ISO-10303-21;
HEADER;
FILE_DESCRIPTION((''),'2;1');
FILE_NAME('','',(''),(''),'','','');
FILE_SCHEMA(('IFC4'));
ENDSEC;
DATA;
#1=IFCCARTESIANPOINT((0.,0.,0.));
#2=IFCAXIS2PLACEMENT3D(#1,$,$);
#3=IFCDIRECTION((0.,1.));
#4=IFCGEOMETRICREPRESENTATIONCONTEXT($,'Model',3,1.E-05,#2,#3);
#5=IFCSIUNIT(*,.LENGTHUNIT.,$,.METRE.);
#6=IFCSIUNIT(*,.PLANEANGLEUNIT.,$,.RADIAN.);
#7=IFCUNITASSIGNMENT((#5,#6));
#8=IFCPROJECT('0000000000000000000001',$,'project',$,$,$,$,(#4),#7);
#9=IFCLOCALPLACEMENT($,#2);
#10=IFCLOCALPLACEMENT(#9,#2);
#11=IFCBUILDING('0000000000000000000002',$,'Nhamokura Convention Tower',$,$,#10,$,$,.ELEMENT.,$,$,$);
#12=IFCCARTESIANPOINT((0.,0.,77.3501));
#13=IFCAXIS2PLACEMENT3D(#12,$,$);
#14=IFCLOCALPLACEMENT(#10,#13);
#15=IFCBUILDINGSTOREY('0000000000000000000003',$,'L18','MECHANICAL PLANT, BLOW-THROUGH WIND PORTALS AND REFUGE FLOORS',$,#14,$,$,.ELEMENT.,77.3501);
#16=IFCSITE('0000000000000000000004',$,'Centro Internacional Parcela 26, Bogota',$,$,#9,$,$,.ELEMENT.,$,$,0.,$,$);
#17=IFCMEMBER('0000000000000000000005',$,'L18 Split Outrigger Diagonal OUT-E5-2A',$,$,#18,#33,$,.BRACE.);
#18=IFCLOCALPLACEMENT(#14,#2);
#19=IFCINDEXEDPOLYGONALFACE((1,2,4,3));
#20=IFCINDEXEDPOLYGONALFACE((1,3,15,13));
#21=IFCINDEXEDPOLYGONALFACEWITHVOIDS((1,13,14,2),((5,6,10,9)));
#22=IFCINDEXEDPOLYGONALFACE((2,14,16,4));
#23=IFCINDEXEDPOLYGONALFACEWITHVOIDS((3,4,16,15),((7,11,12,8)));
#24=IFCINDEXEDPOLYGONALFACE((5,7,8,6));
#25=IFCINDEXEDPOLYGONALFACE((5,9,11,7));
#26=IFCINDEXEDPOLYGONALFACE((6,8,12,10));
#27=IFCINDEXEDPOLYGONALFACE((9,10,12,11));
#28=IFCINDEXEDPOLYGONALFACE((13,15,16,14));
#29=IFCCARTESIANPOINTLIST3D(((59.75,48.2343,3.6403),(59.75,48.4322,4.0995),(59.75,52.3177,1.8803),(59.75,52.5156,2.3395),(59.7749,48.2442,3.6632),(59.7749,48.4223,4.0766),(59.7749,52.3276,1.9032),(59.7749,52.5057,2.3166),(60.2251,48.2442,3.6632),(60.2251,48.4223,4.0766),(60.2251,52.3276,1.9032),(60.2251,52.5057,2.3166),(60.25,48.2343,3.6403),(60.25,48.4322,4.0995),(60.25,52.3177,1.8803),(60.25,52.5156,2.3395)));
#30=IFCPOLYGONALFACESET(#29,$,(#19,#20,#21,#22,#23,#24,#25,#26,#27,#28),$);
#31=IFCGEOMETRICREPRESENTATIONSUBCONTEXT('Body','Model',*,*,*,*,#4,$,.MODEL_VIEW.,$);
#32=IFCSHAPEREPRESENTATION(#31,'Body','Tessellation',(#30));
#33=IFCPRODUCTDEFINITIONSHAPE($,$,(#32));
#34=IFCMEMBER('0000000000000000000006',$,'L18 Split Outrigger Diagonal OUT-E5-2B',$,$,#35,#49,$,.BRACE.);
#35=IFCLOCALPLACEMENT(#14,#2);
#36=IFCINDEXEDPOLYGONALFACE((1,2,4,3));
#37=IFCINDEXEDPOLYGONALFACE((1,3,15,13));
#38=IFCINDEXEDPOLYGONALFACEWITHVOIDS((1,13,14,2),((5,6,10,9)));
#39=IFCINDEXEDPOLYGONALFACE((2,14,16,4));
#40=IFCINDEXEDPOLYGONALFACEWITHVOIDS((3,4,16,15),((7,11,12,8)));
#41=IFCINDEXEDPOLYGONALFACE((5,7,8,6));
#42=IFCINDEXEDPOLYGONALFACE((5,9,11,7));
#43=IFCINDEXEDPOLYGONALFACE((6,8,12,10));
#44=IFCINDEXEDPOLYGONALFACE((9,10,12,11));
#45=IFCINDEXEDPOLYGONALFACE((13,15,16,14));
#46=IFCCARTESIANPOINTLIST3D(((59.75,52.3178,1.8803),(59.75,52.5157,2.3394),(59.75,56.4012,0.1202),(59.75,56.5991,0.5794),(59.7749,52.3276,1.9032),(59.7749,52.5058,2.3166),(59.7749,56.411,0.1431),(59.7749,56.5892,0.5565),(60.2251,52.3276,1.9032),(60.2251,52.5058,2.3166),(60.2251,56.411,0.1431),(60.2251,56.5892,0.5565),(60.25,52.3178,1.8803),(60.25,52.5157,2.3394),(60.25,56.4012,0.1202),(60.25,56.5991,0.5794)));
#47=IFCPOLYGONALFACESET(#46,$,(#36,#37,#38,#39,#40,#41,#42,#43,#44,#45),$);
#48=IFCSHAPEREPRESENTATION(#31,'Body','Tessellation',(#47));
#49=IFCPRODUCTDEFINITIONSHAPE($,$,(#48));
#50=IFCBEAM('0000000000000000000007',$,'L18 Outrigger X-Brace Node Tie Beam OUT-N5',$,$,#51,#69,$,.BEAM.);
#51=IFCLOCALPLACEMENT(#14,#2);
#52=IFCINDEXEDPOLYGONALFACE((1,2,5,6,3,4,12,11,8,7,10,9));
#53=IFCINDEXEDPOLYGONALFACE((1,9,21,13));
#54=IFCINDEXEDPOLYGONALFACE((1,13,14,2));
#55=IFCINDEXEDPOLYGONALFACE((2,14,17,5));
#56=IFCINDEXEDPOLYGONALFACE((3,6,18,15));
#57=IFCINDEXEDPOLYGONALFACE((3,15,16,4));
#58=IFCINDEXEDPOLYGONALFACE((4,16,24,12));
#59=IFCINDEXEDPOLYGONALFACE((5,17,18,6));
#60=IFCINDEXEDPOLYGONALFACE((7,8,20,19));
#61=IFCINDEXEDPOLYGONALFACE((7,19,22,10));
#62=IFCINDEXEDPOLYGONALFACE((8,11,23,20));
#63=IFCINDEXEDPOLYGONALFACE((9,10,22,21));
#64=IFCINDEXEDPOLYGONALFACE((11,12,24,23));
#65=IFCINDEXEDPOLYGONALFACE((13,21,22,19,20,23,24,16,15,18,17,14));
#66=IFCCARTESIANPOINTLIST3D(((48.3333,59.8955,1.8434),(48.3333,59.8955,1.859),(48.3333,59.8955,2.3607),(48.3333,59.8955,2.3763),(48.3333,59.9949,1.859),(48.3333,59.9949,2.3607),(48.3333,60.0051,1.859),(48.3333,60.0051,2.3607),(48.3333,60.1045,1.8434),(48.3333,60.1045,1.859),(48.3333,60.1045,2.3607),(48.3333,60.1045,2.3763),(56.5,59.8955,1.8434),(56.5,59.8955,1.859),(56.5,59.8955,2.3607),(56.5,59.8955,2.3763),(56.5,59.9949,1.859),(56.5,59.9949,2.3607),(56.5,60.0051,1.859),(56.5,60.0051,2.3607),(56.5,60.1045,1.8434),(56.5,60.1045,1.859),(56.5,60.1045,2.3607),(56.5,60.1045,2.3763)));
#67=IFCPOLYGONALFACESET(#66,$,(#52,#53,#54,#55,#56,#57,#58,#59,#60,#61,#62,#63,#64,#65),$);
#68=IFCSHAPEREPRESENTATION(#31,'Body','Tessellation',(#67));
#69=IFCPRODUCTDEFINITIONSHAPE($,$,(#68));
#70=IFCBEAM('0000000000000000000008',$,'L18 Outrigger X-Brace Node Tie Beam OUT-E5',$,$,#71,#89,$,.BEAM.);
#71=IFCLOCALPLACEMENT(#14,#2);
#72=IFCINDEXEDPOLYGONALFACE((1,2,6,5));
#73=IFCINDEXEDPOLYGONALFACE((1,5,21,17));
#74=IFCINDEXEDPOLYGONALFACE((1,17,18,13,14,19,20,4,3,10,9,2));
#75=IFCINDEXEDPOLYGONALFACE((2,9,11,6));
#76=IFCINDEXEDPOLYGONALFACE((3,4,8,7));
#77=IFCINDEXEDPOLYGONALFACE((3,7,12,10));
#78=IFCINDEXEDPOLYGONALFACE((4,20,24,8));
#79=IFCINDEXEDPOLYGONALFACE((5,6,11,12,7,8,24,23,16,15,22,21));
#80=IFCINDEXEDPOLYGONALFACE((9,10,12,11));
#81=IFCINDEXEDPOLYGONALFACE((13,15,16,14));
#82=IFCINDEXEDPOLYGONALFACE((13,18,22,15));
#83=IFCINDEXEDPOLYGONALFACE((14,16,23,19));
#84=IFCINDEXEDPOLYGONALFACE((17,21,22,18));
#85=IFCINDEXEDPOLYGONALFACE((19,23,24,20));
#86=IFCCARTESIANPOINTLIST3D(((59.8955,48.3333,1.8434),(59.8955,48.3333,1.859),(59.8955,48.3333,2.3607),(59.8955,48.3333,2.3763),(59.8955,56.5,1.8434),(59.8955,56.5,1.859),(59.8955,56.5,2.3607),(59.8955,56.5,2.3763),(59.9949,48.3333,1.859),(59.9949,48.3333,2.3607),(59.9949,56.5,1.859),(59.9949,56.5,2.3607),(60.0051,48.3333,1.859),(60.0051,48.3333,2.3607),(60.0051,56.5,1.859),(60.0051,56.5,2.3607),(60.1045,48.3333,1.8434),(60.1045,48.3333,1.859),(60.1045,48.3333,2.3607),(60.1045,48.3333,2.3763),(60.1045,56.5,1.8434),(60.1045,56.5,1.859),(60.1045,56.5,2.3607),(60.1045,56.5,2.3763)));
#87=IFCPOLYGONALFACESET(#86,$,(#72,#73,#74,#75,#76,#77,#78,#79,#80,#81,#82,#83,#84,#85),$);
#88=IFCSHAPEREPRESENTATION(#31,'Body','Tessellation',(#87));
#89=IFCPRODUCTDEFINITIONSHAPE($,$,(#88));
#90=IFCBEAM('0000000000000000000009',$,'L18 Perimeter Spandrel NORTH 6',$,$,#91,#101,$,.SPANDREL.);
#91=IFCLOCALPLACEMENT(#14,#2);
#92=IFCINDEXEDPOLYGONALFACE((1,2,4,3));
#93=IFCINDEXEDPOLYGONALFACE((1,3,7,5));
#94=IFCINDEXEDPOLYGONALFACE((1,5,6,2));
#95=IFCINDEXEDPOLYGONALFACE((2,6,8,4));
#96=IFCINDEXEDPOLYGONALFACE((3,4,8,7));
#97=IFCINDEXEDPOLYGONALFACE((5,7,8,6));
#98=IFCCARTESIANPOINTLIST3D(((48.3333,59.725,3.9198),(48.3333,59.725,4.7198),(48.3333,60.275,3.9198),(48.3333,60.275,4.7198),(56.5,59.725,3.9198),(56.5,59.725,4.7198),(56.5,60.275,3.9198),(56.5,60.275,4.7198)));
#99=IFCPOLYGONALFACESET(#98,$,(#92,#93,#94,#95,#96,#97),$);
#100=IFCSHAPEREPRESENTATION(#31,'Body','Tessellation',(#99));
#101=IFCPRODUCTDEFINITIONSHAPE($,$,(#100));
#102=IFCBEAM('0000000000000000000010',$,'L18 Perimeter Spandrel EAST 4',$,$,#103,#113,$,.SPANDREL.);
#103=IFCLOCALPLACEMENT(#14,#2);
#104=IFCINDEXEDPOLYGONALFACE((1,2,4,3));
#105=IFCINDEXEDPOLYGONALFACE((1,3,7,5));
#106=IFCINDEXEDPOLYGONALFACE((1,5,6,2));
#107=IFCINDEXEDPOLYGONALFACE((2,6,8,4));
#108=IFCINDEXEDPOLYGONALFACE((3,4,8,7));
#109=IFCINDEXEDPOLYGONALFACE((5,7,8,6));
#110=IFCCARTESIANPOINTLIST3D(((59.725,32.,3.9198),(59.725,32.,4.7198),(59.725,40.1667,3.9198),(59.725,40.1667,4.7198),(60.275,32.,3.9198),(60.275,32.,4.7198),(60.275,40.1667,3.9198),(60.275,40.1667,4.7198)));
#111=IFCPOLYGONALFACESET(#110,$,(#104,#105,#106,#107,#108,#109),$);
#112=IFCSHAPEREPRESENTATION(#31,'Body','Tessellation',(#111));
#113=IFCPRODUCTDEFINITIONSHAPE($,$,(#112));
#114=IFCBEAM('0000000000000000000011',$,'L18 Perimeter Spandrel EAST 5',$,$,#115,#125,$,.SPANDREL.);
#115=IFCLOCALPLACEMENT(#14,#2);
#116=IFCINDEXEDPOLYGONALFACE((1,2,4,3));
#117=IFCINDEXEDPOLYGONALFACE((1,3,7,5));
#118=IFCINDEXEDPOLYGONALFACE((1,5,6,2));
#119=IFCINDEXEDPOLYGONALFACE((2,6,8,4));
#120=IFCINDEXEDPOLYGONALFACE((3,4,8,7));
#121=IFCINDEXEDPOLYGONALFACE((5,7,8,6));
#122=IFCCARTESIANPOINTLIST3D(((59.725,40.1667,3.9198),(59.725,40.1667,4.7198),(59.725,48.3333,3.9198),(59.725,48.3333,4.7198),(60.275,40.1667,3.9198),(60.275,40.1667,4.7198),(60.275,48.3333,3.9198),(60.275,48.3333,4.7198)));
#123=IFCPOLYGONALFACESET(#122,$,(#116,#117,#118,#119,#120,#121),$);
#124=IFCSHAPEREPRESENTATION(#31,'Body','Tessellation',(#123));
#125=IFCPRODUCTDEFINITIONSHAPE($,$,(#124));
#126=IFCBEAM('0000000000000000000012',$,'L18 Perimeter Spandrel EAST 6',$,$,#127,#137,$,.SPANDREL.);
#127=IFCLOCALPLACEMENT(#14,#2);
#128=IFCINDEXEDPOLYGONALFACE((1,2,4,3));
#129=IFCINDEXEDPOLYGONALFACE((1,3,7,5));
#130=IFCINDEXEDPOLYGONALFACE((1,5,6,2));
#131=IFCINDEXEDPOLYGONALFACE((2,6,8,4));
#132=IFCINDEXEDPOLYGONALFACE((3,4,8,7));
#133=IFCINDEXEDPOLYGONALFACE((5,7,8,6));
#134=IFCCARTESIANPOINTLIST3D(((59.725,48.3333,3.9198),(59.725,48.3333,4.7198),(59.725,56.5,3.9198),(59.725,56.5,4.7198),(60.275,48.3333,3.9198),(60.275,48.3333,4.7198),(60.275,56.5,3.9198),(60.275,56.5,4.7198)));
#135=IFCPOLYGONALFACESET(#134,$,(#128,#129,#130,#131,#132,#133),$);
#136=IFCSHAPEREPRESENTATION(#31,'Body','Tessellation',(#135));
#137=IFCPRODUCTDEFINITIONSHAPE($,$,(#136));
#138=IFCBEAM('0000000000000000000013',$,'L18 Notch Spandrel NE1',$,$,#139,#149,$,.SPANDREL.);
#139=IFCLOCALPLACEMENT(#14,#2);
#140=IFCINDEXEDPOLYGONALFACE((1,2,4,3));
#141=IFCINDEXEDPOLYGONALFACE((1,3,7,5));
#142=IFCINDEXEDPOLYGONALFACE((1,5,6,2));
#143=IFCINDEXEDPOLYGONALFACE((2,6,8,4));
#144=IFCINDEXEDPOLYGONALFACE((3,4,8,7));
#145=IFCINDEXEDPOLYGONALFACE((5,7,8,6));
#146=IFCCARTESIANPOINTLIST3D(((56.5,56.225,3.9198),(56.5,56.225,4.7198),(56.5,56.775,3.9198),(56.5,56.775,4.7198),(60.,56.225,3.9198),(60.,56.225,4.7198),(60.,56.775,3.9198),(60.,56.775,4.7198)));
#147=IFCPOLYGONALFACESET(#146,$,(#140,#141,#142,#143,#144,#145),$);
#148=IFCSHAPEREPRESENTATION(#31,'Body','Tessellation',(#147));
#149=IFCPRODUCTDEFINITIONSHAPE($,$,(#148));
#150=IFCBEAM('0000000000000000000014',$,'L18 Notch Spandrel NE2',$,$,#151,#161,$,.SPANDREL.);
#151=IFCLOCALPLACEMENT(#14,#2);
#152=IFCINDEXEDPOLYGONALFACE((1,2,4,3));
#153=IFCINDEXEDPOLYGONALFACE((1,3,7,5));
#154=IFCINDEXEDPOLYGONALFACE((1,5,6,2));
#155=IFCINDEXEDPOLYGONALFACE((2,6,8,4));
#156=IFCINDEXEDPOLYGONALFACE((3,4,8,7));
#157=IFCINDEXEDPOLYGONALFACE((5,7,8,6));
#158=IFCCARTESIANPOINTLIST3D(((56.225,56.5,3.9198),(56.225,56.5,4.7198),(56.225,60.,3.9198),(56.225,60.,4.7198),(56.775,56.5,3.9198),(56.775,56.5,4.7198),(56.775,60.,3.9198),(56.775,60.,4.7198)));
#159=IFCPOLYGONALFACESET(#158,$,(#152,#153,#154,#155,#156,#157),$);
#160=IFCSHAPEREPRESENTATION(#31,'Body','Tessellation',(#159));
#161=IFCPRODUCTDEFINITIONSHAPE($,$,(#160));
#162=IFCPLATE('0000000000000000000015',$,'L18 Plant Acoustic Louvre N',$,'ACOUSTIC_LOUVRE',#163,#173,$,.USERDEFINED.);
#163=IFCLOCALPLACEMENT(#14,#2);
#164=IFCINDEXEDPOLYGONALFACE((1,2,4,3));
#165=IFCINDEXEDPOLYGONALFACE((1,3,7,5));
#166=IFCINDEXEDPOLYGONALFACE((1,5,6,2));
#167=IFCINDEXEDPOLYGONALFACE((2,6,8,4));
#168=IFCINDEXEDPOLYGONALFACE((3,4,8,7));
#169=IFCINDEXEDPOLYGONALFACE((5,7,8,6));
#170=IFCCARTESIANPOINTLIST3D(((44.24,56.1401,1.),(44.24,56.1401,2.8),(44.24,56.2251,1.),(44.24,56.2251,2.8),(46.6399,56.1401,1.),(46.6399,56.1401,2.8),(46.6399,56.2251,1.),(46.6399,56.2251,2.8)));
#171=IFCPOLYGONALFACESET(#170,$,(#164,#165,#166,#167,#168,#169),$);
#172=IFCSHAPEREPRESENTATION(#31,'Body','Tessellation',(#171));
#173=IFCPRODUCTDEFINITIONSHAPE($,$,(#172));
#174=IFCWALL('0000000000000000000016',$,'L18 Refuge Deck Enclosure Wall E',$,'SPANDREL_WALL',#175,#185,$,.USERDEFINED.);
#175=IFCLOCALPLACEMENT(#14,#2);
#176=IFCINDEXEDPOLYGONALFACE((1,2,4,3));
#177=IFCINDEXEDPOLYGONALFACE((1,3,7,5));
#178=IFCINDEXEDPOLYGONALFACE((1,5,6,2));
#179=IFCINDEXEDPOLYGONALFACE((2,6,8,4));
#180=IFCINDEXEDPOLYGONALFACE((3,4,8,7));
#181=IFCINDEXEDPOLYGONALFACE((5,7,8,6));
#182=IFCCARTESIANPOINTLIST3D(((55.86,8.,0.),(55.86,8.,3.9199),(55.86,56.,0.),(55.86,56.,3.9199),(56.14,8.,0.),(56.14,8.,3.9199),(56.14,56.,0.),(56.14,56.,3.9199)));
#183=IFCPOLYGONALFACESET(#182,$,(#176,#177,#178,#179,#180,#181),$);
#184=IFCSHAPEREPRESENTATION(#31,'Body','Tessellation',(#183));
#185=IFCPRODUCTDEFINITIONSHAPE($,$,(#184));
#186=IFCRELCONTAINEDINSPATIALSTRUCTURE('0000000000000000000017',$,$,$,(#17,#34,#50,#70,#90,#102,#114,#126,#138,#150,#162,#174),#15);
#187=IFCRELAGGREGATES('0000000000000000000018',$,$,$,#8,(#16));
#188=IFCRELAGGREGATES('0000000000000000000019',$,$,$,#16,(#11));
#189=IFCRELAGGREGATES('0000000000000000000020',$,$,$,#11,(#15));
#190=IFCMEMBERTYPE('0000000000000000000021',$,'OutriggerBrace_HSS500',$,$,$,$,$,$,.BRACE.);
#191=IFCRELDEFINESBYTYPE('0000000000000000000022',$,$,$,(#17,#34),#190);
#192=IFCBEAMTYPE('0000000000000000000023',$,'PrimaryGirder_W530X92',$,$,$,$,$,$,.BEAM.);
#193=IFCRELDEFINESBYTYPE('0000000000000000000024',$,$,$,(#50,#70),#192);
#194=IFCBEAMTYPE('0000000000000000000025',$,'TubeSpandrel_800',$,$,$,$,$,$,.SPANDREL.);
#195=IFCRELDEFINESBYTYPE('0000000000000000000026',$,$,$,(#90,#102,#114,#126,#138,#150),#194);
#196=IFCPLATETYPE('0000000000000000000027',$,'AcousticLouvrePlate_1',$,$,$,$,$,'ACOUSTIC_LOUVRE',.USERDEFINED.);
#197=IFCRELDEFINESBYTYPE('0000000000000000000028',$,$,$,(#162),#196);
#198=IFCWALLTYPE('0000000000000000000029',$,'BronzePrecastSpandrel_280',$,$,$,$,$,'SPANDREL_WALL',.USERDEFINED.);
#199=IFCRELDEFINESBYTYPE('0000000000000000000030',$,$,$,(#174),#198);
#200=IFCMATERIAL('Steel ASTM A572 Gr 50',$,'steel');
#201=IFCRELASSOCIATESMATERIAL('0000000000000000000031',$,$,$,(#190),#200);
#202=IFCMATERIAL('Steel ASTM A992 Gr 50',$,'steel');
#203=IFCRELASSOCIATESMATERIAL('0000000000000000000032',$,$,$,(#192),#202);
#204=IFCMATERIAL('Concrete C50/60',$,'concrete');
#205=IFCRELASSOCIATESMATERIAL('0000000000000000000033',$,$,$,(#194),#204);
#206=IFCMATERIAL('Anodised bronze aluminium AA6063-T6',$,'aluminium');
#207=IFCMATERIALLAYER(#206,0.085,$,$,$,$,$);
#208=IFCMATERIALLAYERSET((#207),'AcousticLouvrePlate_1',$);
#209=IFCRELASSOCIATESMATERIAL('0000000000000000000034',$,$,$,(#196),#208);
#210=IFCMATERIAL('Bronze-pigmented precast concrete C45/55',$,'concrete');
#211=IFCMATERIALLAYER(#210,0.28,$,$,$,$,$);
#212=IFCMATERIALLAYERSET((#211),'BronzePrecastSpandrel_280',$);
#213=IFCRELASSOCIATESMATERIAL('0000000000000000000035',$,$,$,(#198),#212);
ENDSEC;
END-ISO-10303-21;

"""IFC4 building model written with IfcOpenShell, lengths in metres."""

from ifc_helpers import new_model, si_unit, direction, frame, frame_2d, origin, origin_2d, place, context, subcontext, project, spatial, rectangle, hollow_rectangle, i_section, extrude, material, layer, layer_set, material_profile, profile_set, type_object, element, save


model = new_model("IFC4")

# Units and contexts
model_context = context("Model", 3, precision=1e-05, world=origin(), true_north=direction((0.0, 1.0)))
body_context = subcontext(model_context, "Body", "Model", "MODEL_VIEW")
ifc_project = project(units=[si_unit("LENGTHUNIT", "METRE"), si_unit("PLANEANGLEUNIT", "RADIAN")], contexts=[model_context])

# Site, building, storey
site_placement = place(None, origin())
site = spatial("IfcSite", under=ifc_project, at=site_placement, Name="Centro Internacional Parcela 26, Bogota", CompositionType="ELEMENT", RefElevation=0.0)
building_placement = place(site_placement, origin())
building = spatial("IfcBuilding", under=site, at=building_placement, Name="Nhamokura Convention Tower", CompositionType="ELEMENT")
storey_placement = place(building_placement, frame((0.0, 0.0, 77.3501)))
storey = spatial("IfcBuildingStorey", under=building, at=storey_placement, Name="L18", Description="MECHANICAL PLANT, BLOW-THROUGH WIND PORTALS AND REFUGE FLOORS", CompositionType="ELEMENT", Elevation=77.3501)

# Members
ifc_material_1 = material(Name="Steel ASTM A572 Gr 50", Category="steel")
ifc_material_profile_1 = material_profile(ifc_material_1, hollow_rectangle(XDim=0.5, YDim=0.5, WallThickness=0.0249, at=origin_2d()))
ifc_profile_set_1 = profile_set([ifc_material_profile_1], Name="Steel ASTM A572 Gr 50")
member_type = type_object("IfcMemberType", Name="OutriggerBrace_HSS500", PredefinedType="BRACE", material=ifc_profile_set_1)
for number, where, z_axis, x_axis, name in (
    (1, (60.0, 48.3333, 3.8699), (0.0, 0.918334, -0.395807), (-1.0, 0.0, 0.0), "L18 Split Outrigger Diagonal OUT-E5-2A"),
    (2, (60.0, 52.4167, 2.1099), (0.0, 0.918325, -0.395827), (-1.0, 0.0, 0.0), "L18 Split Outrigger Diagonal OUT-E5-2B"),
):
    element("IfcMember", number, at=place(storey_placement, frame(where, z_axis=z_axis, x_axis=x_axis)), inside=storey, type_object=member_type, Name=name, PredefinedType="BRACE", context=body_context, shape_type="SweptSolid", body=[
        extrude(hollow_rectangle(XDim=0.5, YDim=0.5, WallThickness=0.0249, at=origin_2d()), origin(), (0.0, 0.0, 1.0), 4.4465),
    ])

# Beams
ifc_material_2 = material(Name="Steel ASTM A992 Gr 50", Category="steel")
ifc_material_profile_2 = material_profile(ifc_material_2, i_section(OverallWidth=0.209, OverallDepth=0.533, WebThickness=0.0103, FlangeThickness=0.0156, at=origin_2d()))
ifc_profile_set_2 = profile_set([ifc_material_profile_2], Name="Steel ASTM A992 Gr 50")
beam_type_1 = type_object("IfcBeamType", Name="PrimaryGirder_W530X92", PredefinedType="BEAM", material=ifc_profile_set_2)
for number, where, z_axis, x_axis, name in (
    (3, (48.3333, 60.0, 2.1099), (1.0, 0.0, 0.0), (0.0, 1.0, 0.0), "L18 Outrigger X-Brace Node Tie Beam OUT-N5"),
    (4, (60.0, 48.3333, 2.1099), (0.0, 1.0, 0.0), (-1.0, 0.0, 0.0), "L18 Outrigger X-Brace Node Tie Beam OUT-E5"),
):
    element("IfcBeam", number, at=place(storey_placement, frame(where, z_axis=z_axis, x_axis=x_axis)), inside=storey, type_object=beam_type_1, Name=name, PredefinedType="BEAM", context=body_context, shape_type="SweptSolid", body=[
        extrude(i_section(OverallWidth=0.209, OverallDepth=0.533, WebThickness=0.0103, FlangeThickness=0.0156, at=origin_2d()), origin(), (0.0, 0.0, 1.0), 8.1667),
    ])
ifc_material_3 = material(Name="Concrete C50/60", Category="concrete")
ifc_material_profile_3 = material_profile(ifc_material_3, rectangle(XDim=0.55, YDim=0.8, at=origin_2d()))
ifc_profile_set_3 = profile_set([ifc_material_profile_3], Name="Concrete C50/60")
beam_type_2 = type_object("IfcBeamType", Name="TubeSpandrel_800", PredefinedType="SPANDREL", material=ifc_profile_set_3)
for number, where, z_axis, x_axis, name in (
    (5, (48.3333, 60.0, 4.3198), (1.0, 0.0, 0.0), (0.0, 1.0, 0.0), "L18 Perimeter Spandrel NORTH 6"),
    (6, (60.0, 32.0, 4.3198), (0.0, 1.0, 0.0), (-1.0, 0.0, 0.0), "L18 Perimeter Spandrel EAST 4"),
):
    element("IfcBeam", number, at=place(storey_placement, frame(where, z_axis=z_axis, x_axis=x_axis)), inside=storey, type_object=beam_type_2, Name=name, PredefinedType="SPANDREL", context=body_context, shape_type="SweptSolid", body=[
        extrude(rectangle(XDim=0.55, YDim=0.8, at=origin_2d()), origin(), (0.0, 0.0, 1.0), 8.1667),
    ])
beam_1_placement = place(storey_placement, frame((60.0, 40.1667, 4.3198), z_axis=(0.0, 1.0, 0.0), x_axis=(-1.0, 0.0, 0.0)))
element("IfcBeam", 7, at=beam_1_placement, inside=storey, type_object=beam_type_2, Name="L18 Perimeter Spandrel EAST 5", PredefinedType="SPANDREL", context=body_context, shape_type="SweptSolid", body=[
    extrude(rectangle(XDim=0.55, YDim=0.8, at=origin_2d()), origin(), (0.0, 0.0, 1.0), 8.1665),
])
beam_2_placement = place(storey_placement, frame((60.0, 48.3333, 4.3198), z_axis=(0.0, 1.0, 0.0), x_axis=(-1.0, 0.0, 0.0)))
element("IfcBeam", 8, at=beam_2_placement, inside=storey, type_object=beam_type_2, Name="L18 Perimeter Spandrel EAST 6", PredefinedType="SPANDREL", context=body_context, shape_type="SweptSolid", body=[
    extrude(rectangle(XDim=0.55, YDim=0.8, at=origin_2d()), origin(), (0.0, 0.0, 1.0), 8.1667),
])
for number, where, z_axis, x_axis, name in (
    (9, (60.0, 56.5, 4.3198), (-1.0, 0.0, 0.0), (0.0, -1.0, 0.0), "L18 Notch Spandrel NE1"),
    (10, (56.5, 56.5, 4.3198), (0.0, 1.0, 0.0), (-1.0, 0.0, 0.0), "L18 Notch Spandrel NE2"),
):
    element("IfcBeam", number, at=place(storey_placement, frame(where, z_axis=z_axis, x_axis=x_axis)), inside=storey, type_object=beam_type_2, Name=name, PredefinedType="SPANDREL", context=body_context, shape_type="SweptSolid", body=[
        extrude(rectangle(XDim=0.55, YDim=0.8, at=origin_2d()), origin(), (0.0, 0.0, 1.0), 3.5),
    ])

# Plate
ifc_material_4 = material(Name="Anodised bronze aluminium AA6063-T6", Category="aluminium")
ifc_layer_1 = layer(ifc_material_4, 0.085)
ifc_layer_set_1 = layer_set([ifc_layer_1], Name="AcousticLouvrePlate_1")
plate_type = type_object("IfcPlateType", Name="AcousticLouvrePlate_1", ElementType="ACOUSTIC_LOUVRE", PredefinedType="USERDEFINED", material=ifc_layer_set_1)
plate_placement = place(storey_placement, frame((45.4399, 56.1826, 1.0), z_axis=(0.0, 0.0, 1.0), x_axis=(1.0, 0.0, 0.0)))
element("IfcPlate", 11, at=plate_placement, inside=storey, type_object=plate_type, Name="L18 Plant Acoustic Louvre N", ObjectType="ACOUSTIC_LOUVRE", PredefinedType="USERDEFINED", context=body_context, shape_type="SweptSolid", body=[
    extrude(rectangle(XDim=2.3999, YDim=0.085, at=origin_2d()), origin(), (0.0, 0.0, 1.0), 1.8),
])

# Wall
ifc_material_5 = material(Name="Bronze-pigmented precast concrete C45/55", Category="concrete")
ifc_layer_2 = layer(ifc_material_5, 0.28)
ifc_layer_set_2 = layer_set([ifc_layer_2], Name="BronzePrecastSpandrel_280")
wall_type = type_object("IfcWallType", Name="BronzePrecastSpandrel_280", ElementType="SPANDREL_WALL", PredefinedType="USERDEFINED", material=ifc_layer_set_2)
wall_placement = place(storey_placement, frame((56.0, 56.0, 0.0), z_axis=(0.0, 0.0, 1.0), x_axis=(0.0, -1.0, 0.0)))
element("IfcWall", 12, at=wall_placement, inside=storey, type_object=wall_type, Name="L18 Refuge Deck Enclosure Wall E", ObjectType="SPANDREL_WALL", PredefinedType="USERDEFINED", context=body_context, shape_type="SweptSolid", body=[
    extrude(rectangle(XDim=48.0, YDim=0.28, at=frame_2d((24.0, 0.0))), origin(), (0.0, 0.0, 1.0), 3.9199),
])

save(model, "model.ifc")
